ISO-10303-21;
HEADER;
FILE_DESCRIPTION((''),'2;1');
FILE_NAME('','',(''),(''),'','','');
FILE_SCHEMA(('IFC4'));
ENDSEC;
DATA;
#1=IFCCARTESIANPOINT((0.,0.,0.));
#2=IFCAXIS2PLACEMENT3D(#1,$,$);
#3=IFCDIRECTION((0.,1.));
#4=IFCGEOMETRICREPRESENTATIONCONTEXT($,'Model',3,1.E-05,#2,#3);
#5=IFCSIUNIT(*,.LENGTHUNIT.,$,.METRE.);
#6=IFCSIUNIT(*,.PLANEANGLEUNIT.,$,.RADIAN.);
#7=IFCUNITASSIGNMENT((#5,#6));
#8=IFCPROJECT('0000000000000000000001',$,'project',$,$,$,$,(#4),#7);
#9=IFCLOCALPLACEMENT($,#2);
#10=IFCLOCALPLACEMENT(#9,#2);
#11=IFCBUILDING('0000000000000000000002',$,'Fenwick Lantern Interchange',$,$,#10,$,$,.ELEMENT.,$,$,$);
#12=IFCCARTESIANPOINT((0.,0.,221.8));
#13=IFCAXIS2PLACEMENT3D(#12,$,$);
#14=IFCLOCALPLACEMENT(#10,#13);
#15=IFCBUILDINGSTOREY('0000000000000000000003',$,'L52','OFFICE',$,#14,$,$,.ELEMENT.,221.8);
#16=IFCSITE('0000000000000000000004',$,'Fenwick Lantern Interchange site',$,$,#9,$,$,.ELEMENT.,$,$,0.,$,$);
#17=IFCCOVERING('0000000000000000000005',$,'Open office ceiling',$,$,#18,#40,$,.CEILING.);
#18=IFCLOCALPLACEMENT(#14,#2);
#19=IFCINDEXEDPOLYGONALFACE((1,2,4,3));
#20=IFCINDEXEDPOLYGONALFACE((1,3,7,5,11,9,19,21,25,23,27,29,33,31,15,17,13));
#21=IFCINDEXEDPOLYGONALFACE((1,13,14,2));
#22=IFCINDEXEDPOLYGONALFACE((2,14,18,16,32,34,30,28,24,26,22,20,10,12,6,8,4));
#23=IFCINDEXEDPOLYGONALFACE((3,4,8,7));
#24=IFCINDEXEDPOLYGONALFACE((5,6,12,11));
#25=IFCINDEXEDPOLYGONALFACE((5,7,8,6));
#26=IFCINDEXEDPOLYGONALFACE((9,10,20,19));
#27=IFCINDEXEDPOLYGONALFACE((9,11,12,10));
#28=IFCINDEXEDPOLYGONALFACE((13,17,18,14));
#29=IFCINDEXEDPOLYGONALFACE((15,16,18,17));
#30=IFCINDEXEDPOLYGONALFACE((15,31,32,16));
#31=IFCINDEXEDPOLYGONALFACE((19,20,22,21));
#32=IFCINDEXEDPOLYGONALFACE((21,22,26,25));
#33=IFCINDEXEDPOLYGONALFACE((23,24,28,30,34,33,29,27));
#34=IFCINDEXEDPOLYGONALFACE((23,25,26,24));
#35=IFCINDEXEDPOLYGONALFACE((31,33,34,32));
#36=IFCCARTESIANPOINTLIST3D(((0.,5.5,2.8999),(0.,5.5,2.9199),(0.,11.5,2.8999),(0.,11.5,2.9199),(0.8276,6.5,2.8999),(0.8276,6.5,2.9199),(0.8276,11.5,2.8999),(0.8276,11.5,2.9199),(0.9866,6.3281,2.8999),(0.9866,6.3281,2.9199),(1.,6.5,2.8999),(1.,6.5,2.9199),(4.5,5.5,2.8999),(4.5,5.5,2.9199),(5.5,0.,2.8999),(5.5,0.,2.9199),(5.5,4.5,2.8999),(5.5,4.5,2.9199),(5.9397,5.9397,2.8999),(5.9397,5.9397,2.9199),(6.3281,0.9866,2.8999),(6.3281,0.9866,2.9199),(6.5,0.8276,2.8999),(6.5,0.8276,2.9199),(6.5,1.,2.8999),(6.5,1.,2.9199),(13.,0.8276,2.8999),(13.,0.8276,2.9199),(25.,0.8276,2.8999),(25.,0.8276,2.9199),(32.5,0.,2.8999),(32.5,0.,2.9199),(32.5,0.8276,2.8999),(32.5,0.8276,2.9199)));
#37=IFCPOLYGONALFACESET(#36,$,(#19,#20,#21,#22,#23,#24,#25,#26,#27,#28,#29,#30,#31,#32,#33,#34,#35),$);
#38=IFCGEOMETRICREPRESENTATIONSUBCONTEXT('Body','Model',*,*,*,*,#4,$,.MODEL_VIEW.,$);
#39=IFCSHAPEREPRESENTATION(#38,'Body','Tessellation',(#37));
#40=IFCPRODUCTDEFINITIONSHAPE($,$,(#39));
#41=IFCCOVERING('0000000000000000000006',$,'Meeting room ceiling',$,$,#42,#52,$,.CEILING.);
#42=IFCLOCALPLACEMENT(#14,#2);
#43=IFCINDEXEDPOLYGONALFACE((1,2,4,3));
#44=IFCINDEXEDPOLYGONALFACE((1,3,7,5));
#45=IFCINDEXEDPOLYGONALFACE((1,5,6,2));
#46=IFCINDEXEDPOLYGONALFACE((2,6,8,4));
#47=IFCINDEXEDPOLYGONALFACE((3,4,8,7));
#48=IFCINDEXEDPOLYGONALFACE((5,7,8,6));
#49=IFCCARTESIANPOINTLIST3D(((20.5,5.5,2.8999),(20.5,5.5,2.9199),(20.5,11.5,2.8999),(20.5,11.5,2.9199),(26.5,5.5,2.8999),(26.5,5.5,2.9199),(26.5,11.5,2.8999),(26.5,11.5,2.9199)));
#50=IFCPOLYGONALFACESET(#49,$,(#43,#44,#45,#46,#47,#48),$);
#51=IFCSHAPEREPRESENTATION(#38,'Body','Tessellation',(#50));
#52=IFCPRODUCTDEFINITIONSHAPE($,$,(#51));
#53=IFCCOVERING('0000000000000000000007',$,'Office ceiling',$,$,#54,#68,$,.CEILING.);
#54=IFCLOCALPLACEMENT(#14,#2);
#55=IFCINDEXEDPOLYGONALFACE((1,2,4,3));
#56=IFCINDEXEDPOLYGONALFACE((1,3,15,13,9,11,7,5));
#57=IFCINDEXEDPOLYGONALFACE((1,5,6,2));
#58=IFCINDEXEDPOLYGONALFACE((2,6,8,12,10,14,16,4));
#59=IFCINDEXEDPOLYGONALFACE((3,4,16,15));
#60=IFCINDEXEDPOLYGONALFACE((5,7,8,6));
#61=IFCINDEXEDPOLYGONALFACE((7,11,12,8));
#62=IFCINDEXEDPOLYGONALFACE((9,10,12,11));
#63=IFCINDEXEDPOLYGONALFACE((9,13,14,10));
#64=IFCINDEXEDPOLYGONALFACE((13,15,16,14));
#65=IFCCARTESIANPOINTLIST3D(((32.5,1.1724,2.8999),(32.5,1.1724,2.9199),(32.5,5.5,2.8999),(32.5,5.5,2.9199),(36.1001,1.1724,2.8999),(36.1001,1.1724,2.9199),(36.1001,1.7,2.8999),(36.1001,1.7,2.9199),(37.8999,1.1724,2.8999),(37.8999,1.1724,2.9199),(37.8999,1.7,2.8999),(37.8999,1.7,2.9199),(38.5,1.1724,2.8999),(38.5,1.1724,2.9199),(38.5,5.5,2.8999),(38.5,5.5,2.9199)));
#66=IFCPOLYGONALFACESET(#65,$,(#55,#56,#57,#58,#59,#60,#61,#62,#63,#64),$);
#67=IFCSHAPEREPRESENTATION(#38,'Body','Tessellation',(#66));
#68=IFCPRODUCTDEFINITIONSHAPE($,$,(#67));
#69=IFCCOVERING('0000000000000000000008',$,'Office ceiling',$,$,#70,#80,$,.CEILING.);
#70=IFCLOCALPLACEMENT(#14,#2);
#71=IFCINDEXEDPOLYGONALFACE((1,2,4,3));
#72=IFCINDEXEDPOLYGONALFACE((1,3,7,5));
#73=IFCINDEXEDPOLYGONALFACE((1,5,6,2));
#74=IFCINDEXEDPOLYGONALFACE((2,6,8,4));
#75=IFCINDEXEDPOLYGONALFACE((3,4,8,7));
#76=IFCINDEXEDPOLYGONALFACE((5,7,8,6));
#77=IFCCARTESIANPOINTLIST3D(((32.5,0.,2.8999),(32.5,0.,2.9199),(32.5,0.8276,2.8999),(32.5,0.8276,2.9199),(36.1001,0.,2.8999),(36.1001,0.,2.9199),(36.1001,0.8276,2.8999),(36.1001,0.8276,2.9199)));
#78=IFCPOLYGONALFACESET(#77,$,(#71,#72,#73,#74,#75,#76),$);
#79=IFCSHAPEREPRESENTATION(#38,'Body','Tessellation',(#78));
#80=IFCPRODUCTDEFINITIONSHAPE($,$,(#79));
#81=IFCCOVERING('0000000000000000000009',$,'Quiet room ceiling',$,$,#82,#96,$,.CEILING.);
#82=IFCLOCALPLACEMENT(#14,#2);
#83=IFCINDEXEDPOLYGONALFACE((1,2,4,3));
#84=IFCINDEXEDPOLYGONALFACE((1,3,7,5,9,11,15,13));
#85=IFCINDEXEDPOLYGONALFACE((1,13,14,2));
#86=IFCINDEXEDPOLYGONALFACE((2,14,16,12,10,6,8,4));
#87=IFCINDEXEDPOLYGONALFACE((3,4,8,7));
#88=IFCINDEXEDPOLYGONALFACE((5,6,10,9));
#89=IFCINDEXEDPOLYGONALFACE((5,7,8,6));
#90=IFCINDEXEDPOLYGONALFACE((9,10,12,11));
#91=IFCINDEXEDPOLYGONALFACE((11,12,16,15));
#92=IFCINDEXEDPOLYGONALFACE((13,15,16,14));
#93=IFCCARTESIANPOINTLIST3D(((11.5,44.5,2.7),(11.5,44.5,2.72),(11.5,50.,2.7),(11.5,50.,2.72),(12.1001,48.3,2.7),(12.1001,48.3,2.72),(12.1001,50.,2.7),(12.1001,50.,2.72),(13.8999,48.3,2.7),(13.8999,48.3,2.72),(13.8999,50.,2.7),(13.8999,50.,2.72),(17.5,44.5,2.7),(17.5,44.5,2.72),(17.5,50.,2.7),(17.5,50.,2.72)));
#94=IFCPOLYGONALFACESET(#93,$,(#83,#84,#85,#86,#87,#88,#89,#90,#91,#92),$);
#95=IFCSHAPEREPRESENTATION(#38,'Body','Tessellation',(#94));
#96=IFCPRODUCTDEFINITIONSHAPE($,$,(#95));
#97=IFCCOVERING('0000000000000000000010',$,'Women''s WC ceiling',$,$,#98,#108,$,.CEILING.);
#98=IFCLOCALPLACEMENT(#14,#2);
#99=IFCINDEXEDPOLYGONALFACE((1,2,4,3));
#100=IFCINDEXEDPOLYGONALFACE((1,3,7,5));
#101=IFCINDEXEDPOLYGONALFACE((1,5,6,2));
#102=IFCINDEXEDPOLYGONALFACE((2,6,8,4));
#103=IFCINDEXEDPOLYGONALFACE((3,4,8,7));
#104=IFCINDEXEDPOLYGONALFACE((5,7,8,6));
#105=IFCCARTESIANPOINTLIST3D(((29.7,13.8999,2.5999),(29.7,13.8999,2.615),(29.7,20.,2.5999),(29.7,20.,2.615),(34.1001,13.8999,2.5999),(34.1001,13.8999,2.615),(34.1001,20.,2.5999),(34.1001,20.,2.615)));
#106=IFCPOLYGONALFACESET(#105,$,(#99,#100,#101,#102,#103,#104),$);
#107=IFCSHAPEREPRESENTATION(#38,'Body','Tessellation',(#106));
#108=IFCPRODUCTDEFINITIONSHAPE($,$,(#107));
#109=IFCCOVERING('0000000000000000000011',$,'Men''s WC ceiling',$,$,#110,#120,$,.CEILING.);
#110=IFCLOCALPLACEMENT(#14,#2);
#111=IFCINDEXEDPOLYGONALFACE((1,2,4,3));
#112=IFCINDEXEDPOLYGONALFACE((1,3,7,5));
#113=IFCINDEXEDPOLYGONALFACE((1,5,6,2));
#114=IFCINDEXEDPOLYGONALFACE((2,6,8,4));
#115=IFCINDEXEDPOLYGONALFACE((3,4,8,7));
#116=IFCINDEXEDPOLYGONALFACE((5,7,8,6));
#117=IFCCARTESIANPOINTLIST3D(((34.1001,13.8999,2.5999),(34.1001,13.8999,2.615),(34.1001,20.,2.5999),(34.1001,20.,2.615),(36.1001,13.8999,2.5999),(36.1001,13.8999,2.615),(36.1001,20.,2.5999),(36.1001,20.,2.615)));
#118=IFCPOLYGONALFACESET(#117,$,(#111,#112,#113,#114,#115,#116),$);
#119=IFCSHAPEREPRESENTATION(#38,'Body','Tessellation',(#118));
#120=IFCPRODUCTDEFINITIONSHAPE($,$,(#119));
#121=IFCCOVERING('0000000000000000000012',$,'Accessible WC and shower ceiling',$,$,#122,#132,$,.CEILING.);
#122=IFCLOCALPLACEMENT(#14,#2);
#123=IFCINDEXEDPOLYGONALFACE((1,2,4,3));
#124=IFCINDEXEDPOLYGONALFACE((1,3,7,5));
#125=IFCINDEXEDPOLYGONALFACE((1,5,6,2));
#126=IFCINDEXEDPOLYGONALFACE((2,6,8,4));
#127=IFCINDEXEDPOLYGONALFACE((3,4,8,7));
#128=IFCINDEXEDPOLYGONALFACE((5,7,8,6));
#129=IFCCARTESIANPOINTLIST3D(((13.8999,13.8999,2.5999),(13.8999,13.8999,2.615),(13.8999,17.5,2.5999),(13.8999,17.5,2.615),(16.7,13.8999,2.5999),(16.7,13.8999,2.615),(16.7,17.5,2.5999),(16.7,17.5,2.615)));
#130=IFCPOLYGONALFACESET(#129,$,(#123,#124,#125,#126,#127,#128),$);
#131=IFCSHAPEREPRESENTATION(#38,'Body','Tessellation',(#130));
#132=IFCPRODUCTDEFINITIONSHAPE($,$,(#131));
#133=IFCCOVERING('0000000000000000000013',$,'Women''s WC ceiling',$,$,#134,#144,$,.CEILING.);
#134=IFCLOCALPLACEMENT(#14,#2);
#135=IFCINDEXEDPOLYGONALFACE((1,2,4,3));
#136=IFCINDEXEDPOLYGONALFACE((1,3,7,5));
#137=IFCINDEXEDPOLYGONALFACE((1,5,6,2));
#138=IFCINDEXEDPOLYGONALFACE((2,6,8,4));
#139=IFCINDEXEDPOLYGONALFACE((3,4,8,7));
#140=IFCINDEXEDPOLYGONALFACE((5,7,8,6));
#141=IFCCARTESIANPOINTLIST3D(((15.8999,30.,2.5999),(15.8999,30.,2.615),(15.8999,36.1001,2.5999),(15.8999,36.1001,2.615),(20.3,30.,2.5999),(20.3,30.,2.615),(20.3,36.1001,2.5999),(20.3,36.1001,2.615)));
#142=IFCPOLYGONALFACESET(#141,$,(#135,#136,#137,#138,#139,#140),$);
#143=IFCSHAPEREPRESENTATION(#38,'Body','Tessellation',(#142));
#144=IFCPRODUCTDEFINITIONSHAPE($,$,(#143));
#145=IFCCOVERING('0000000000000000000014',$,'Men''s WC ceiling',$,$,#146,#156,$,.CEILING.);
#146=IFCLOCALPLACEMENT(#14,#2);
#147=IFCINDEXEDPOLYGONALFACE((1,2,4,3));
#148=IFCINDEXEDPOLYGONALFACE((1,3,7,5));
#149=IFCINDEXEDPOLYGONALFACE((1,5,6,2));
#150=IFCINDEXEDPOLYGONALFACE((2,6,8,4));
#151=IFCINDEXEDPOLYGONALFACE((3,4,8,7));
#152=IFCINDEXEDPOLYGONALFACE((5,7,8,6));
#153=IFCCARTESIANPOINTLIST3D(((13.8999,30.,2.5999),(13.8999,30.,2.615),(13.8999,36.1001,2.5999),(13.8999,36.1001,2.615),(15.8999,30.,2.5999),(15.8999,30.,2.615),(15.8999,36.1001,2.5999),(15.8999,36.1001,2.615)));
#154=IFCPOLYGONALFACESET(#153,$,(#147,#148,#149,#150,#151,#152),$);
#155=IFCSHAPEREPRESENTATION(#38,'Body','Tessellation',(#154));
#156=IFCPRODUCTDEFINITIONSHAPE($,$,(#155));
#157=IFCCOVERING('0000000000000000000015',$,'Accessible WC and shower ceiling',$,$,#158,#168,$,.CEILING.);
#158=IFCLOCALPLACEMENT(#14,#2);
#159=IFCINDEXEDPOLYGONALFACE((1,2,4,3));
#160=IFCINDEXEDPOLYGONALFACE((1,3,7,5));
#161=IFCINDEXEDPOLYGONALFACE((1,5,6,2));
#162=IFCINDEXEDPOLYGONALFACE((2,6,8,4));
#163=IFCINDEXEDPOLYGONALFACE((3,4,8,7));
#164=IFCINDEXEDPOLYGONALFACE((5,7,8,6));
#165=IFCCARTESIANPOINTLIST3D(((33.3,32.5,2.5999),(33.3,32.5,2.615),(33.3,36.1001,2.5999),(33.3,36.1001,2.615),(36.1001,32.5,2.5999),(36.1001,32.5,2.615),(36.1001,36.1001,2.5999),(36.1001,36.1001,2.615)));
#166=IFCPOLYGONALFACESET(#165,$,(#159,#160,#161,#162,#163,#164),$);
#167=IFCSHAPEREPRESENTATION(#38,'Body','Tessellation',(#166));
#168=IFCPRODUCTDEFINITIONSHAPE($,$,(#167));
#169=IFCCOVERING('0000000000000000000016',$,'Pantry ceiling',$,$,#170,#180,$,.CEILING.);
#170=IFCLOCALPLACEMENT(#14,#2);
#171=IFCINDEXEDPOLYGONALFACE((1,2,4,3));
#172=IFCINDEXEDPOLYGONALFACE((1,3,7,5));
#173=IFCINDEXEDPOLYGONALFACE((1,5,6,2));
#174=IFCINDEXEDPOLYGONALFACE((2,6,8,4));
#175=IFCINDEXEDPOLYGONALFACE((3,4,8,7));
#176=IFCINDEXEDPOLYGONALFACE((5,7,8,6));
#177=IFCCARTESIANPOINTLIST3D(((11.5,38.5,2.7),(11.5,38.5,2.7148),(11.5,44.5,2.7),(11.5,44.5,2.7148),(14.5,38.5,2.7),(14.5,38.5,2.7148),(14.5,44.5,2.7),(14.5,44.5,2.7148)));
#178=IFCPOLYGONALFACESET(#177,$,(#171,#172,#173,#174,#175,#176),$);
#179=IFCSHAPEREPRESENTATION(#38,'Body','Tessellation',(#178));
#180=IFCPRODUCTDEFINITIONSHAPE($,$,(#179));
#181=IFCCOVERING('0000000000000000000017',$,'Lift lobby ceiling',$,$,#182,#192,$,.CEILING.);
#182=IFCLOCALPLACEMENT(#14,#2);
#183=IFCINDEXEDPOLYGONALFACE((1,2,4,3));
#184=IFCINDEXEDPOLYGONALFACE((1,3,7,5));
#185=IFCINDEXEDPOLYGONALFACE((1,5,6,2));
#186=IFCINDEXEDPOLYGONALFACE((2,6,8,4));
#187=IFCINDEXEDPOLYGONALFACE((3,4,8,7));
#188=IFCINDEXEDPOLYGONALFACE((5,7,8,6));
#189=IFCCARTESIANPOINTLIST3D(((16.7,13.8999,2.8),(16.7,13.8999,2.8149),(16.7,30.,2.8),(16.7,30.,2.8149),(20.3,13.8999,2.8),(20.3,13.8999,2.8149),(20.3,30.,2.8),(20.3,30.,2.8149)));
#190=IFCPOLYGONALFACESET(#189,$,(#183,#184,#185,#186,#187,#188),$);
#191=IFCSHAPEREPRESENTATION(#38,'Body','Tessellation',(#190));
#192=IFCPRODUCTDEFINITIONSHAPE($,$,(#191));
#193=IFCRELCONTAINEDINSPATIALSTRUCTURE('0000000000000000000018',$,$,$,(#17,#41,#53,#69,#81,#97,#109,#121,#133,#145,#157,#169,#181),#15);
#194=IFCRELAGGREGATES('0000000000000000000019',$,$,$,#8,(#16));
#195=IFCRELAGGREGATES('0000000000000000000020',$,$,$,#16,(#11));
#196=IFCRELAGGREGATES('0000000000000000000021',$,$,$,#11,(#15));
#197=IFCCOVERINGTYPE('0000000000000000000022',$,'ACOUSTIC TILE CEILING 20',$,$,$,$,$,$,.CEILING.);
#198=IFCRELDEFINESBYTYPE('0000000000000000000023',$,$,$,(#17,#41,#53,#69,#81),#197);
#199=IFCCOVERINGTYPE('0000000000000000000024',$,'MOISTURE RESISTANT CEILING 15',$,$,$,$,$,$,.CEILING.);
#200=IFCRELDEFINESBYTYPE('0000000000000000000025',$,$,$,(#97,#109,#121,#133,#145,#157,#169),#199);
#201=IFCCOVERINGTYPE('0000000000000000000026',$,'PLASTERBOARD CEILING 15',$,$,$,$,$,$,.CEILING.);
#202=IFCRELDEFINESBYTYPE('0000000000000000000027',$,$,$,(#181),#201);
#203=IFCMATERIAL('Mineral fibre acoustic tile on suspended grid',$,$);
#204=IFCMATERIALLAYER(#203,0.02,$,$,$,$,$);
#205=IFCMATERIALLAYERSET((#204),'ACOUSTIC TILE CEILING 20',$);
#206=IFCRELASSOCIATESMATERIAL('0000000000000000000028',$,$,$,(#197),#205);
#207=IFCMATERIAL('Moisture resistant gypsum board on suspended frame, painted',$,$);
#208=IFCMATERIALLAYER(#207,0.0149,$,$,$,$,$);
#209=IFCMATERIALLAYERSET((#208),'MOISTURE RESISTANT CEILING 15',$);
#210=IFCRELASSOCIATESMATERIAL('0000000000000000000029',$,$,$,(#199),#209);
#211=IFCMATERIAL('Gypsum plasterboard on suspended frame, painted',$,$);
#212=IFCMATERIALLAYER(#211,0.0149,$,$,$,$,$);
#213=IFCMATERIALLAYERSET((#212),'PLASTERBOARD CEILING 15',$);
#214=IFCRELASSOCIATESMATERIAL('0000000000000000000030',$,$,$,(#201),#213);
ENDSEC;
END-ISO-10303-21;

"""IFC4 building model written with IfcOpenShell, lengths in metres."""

from ifc_helpers import new_model, si_unit, direction, frame, origin, place, context, subcontext, project, spatial, polyline, outline, extrude, material, layer, layer_set, type_object, element, save


model = new_model("IFC4")

# Units and contexts
model_context = context("Model", 3, precision=1e-05, world=origin(), true_north=direction((0.0, 1.0)))
body_context = subcontext(model_context, "Body", "Model", "MODEL_VIEW")
ifc_project = project(units=[si_unit("LENGTHUNIT", "METRE"), si_unit("PLANEANGLEUNIT", "RADIAN")], contexts=[model_context])

# Site, building, storey
site_placement = place(None, origin())
site = spatial("IfcSite", under=ifc_project, at=site_placement, Name="Fenwick Lantern Interchange site", CompositionType="ELEMENT", RefElevation=0.0)
building_placement = place(site_placement, origin())
building = spatial("IfcBuilding", under=site, at=building_placement, Name="Fenwick Lantern Interchange", CompositionType="ELEMENT")
storey_placement = place(building_placement, frame((0.0, 0.0, 221.8)))
storey = spatial("IfcBuildingStorey", under=building, at=storey_placement, Name="L52", Description="OFFICE", CompositionType="ELEMENT", Elevation=221.8)

# Coverings
ifc_material_1 = material(Name="Mineral fibre acoustic tile on suspended grid")
ifc_layer_1 = layer(ifc_material_1, 0.02)
ifc_layer_set_1 = layer_set([ifc_layer_1], Name="ACOUSTIC TILE CEILING 20")
covering_type_1 = type_object("IfcCoveringType", Name="ACOUSTIC TILE CEILING 20", PredefinedType="CEILING", material=ifc_layer_set_1)
covering_1_placement = place(storey_placement, frame((0.0, 0.0, 2.8999)))
element("IfcCovering", 1, at=covering_1_placement, inside=storey, type_object=covering_type_1, Name="Open office ceiling", PredefinedType="CEILING", context=body_context, shape_type="SweptSolid", body=[
    extrude(outline(polyline([(32.5, 0.0), (32.5, 0.8276), (25.0, 0.8276), (13.0, 0.8276), (6.5, 0.8276), (6.5, 1.0), (6.3281, 0.9866), (5.9397, 5.9397), (0.9866, 6.3281), (1.0, 6.5), (0.8276, 6.5), (0.8276, 11.5), (0.0, 11.5), (0.0, 5.5), (4.5, 5.5), (5.5, 4.5), (5.5, 0.0), (32.5, 0.0)])), origin(), (0.0, 0.0, 1.0), 0.02),
])
covering_2_placement = place(storey_placement, frame((0.0, 0.0, 2.8999)))
element("IfcCovering", 2, at=covering_2_placement, inside=storey, type_object=covering_type_1, Name="Meeting room ceiling", PredefinedType="CEILING", context=body_context, shape_type="SweptSolid", body=[
    extrude(outline(polyline([(20.5, 5.5), (26.5, 5.5), (26.5, 11.5), (20.5, 11.5), (20.5, 5.5)])), origin(), (0.0, 0.0, 1.0), 0.02),
])
covering_3_placement = place(storey_placement, frame((0.0, 0.0, 2.8999)))
element("IfcCovering", 3, at=covering_3_placement, inside=storey, type_object=covering_type_1, Name="Office ceiling", PredefinedType="CEILING", context=body_context, shape_type="SweptSolid", body=[
    extrude(outline(polyline([(32.5, 5.5), (32.5, 1.1724), (36.1001, 1.1724), (36.1001, 1.7), (37.8999, 1.7), (37.8999, 1.1724), (38.5, 1.1724), (38.5, 5.5), (32.5, 5.5)])), origin(), (0.0, 0.0, 1.0), 0.02),
])
covering_4_placement = place(storey_placement, frame((0.0, 0.0, 2.8999)))
element("IfcCovering", 4, at=covering_4_placement, inside=storey, type_object=covering_type_1, Name="Office ceiling", PredefinedType="CEILING", context=body_context, shape_type="SweptSolid", body=[
    extrude(outline(polyline([(32.5, 0.8276), (32.5, 0.0), (36.1001, 0.0), (36.1001, 0.8276), (32.5, 0.8276)])), origin(), (0.0, 0.0, 1.0), 0.02),
])
covering_5_placement = place(storey_placement, frame((0.0, 0.0, 2.7)))
element("IfcCovering", 5, at=covering_5_placement, inside=storey, type_object=covering_type_1, Name="Quiet room ceiling", PredefinedType="CEILING", context=body_context, shape_type="SweptSolid", body=[
    extrude(outline(polyline([(17.5, 50.0), (13.8999, 50.0), (13.8999, 48.3), (12.1001, 48.3), (12.1001, 50.0), (11.5, 50.0), (11.5, 44.5), (17.5, 44.5), (17.5, 50.0)])), origin(), (0.0, 0.0, 1.0), 0.02),
])
ifc_material_2 = material(Name="Moisture resistant gypsum board on suspended frame, painted")
ifc_layer_2 = layer(ifc_material_2, 0.0149)
ifc_layer_set_2 = layer_set([ifc_layer_2], Name="MOISTURE RESISTANT CEILING 15")
covering_type_2 = type_object("IfcCoveringType", Name="MOISTURE RESISTANT CEILING 15", PredefinedType="CEILING", material=ifc_layer_set_2)
covering_6_placement = place(storey_placement, frame((0.0, 0.0, 2.5999)))
element("IfcCovering", 6, at=covering_6_placement, inside=storey, type_object=covering_type_2, Name="Women's WC ceiling", PredefinedType="CEILING", context=body_context, shape_type="SweptSolid", body=[
    extrude(outline(polyline([(29.7, 13.8999), (34.1001, 13.8999), (34.1001, 20.0), (29.7, 20.0), (29.7, 13.8999)])), origin(), (0.0, 0.0, 1.0), 0.0151),
])
covering_7_placement = place(storey_placement, frame((0.0, 0.0, 2.5999)))
element("IfcCovering", 7, at=covering_7_placement, inside=storey, type_object=covering_type_2, Name="Men's WC ceiling", PredefinedType="CEILING", context=body_context, shape_type="SweptSolid", body=[
    extrude(outline(polyline([(34.1001, 13.8999), (36.1001, 13.8999), (36.1001, 20.0), (34.1001, 20.0), (34.1001, 13.8999)])), origin(), (0.0, 0.0, 1.0), 0.0151),
])
covering_8_placement = place(storey_placement, frame((0.0, 0.0, 2.5999)))
element("IfcCovering", 8, at=covering_8_placement, inside=storey, type_object=covering_type_2, Name="Accessible WC and shower ceiling", PredefinedType="CEILING", context=body_context, shape_type="SweptSolid", body=[
    extrude(outline(polyline([(13.8999, 13.8999), (16.7, 13.8999), (16.7, 17.5), (13.8999, 17.5), (13.8999, 13.8999)])), origin(), (0.0, 0.0, 1.0), 0.0151),
])
covering_9_placement = place(storey_placement, frame((0.0, 0.0, 2.5999)))
element("IfcCovering", 9, at=covering_9_placement, inside=storey, type_object=covering_type_2, Name="Women's WC ceiling", PredefinedType="CEILING", context=body_context, shape_type="SweptSolid", body=[
    extrude(outline(polyline([(20.3, 36.1001), (15.8999, 36.1001), (15.8999, 30.0), (20.3, 30.0), (20.3, 36.1001)])), origin(), (0.0, 0.0, 1.0), 0.0151),
])
covering_10_placement = place(storey_placement, frame((0.0, 0.0, 2.5999)))
element("IfcCovering", 10, at=covering_10_placement, inside=storey, type_object=covering_type_2, Name="Men's WC ceiling", PredefinedType="CEILING", context=body_context, shape_type="SweptSolid", body=[
    extrude(outline(polyline([(15.8999, 36.1001), (13.8999, 36.1001), (13.8999, 30.0), (15.8999, 30.0), (15.8999, 36.1001)])), origin(), (0.0, 0.0, 1.0), 0.0151),
])
covering_11_placement = place(storey_placement, frame((0.0, 0.0, 2.5999)))
element("IfcCovering", 11, at=covering_11_placement, inside=storey, type_object=covering_type_2, Name="Accessible WC and shower ceiling", PredefinedType="CEILING", context=body_context, shape_type="SweptSolid", body=[
    extrude(outline(polyline([(36.1001, 36.1001), (33.3, 36.1001), (33.3, 32.5), (36.1001, 32.5), (36.1001, 36.1001)])), origin(), (0.0, 0.0, 1.0), 0.0151),
])
covering_12_placement = place(storey_placement, frame((0.0, 0.0, 2.7)))
element("IfcCovering", 12, at=covering_12_placement, inside=storey, type_object=covering_type_2, Name="Pantry ceiling", PredefinedType="CEILING", context=body_context, shape_type="SweptSolid", body=[
    extrude(outline(polyline([(14.5, 44.5), (11.5, 44.5), (11.5, 38.5), (14.5, 38.5), (14.5, 44.5)])), origin(), (0.0, 0.0, 1.0), 0.0149),
])
ifc_material_3 = material(Name="Gypsum plasterboard on suspended frame, painted")
ifc_layer_3 = layer(ifc_material_3, 0.0149)
ifc_layer_set_3 = layer_set([ifc_layer_3], Name="PLASTERBOARD CEILING 15")
covering_type_3 = type_object("IfcCoveringType", Name="PLASTERBOARD CEILING 15", PredefinedType="CEILING", material=ifc_layer_set_3)
covering_13_placement = place(storey_placement, frame((0.0, 0.0, 2.8)))
element("IfcCovering", 13, at=covering_13_placement, inside=storey, type_object=covering_type_3, Name="Lift lobby ceiling", PredefinedType="CEILING", context=body_context, shape_type="SweptSolid", body=[
    extrude(outline(polyline([(16.7, 13.8999), (20.3, 13.8999), (20.3, 30.0), (16.7, 30.0), (16.7, 13.8999)])), origin(), (0.0, 0.0, 1.0), 0.0149),
])

save(model, "model.ifc")
